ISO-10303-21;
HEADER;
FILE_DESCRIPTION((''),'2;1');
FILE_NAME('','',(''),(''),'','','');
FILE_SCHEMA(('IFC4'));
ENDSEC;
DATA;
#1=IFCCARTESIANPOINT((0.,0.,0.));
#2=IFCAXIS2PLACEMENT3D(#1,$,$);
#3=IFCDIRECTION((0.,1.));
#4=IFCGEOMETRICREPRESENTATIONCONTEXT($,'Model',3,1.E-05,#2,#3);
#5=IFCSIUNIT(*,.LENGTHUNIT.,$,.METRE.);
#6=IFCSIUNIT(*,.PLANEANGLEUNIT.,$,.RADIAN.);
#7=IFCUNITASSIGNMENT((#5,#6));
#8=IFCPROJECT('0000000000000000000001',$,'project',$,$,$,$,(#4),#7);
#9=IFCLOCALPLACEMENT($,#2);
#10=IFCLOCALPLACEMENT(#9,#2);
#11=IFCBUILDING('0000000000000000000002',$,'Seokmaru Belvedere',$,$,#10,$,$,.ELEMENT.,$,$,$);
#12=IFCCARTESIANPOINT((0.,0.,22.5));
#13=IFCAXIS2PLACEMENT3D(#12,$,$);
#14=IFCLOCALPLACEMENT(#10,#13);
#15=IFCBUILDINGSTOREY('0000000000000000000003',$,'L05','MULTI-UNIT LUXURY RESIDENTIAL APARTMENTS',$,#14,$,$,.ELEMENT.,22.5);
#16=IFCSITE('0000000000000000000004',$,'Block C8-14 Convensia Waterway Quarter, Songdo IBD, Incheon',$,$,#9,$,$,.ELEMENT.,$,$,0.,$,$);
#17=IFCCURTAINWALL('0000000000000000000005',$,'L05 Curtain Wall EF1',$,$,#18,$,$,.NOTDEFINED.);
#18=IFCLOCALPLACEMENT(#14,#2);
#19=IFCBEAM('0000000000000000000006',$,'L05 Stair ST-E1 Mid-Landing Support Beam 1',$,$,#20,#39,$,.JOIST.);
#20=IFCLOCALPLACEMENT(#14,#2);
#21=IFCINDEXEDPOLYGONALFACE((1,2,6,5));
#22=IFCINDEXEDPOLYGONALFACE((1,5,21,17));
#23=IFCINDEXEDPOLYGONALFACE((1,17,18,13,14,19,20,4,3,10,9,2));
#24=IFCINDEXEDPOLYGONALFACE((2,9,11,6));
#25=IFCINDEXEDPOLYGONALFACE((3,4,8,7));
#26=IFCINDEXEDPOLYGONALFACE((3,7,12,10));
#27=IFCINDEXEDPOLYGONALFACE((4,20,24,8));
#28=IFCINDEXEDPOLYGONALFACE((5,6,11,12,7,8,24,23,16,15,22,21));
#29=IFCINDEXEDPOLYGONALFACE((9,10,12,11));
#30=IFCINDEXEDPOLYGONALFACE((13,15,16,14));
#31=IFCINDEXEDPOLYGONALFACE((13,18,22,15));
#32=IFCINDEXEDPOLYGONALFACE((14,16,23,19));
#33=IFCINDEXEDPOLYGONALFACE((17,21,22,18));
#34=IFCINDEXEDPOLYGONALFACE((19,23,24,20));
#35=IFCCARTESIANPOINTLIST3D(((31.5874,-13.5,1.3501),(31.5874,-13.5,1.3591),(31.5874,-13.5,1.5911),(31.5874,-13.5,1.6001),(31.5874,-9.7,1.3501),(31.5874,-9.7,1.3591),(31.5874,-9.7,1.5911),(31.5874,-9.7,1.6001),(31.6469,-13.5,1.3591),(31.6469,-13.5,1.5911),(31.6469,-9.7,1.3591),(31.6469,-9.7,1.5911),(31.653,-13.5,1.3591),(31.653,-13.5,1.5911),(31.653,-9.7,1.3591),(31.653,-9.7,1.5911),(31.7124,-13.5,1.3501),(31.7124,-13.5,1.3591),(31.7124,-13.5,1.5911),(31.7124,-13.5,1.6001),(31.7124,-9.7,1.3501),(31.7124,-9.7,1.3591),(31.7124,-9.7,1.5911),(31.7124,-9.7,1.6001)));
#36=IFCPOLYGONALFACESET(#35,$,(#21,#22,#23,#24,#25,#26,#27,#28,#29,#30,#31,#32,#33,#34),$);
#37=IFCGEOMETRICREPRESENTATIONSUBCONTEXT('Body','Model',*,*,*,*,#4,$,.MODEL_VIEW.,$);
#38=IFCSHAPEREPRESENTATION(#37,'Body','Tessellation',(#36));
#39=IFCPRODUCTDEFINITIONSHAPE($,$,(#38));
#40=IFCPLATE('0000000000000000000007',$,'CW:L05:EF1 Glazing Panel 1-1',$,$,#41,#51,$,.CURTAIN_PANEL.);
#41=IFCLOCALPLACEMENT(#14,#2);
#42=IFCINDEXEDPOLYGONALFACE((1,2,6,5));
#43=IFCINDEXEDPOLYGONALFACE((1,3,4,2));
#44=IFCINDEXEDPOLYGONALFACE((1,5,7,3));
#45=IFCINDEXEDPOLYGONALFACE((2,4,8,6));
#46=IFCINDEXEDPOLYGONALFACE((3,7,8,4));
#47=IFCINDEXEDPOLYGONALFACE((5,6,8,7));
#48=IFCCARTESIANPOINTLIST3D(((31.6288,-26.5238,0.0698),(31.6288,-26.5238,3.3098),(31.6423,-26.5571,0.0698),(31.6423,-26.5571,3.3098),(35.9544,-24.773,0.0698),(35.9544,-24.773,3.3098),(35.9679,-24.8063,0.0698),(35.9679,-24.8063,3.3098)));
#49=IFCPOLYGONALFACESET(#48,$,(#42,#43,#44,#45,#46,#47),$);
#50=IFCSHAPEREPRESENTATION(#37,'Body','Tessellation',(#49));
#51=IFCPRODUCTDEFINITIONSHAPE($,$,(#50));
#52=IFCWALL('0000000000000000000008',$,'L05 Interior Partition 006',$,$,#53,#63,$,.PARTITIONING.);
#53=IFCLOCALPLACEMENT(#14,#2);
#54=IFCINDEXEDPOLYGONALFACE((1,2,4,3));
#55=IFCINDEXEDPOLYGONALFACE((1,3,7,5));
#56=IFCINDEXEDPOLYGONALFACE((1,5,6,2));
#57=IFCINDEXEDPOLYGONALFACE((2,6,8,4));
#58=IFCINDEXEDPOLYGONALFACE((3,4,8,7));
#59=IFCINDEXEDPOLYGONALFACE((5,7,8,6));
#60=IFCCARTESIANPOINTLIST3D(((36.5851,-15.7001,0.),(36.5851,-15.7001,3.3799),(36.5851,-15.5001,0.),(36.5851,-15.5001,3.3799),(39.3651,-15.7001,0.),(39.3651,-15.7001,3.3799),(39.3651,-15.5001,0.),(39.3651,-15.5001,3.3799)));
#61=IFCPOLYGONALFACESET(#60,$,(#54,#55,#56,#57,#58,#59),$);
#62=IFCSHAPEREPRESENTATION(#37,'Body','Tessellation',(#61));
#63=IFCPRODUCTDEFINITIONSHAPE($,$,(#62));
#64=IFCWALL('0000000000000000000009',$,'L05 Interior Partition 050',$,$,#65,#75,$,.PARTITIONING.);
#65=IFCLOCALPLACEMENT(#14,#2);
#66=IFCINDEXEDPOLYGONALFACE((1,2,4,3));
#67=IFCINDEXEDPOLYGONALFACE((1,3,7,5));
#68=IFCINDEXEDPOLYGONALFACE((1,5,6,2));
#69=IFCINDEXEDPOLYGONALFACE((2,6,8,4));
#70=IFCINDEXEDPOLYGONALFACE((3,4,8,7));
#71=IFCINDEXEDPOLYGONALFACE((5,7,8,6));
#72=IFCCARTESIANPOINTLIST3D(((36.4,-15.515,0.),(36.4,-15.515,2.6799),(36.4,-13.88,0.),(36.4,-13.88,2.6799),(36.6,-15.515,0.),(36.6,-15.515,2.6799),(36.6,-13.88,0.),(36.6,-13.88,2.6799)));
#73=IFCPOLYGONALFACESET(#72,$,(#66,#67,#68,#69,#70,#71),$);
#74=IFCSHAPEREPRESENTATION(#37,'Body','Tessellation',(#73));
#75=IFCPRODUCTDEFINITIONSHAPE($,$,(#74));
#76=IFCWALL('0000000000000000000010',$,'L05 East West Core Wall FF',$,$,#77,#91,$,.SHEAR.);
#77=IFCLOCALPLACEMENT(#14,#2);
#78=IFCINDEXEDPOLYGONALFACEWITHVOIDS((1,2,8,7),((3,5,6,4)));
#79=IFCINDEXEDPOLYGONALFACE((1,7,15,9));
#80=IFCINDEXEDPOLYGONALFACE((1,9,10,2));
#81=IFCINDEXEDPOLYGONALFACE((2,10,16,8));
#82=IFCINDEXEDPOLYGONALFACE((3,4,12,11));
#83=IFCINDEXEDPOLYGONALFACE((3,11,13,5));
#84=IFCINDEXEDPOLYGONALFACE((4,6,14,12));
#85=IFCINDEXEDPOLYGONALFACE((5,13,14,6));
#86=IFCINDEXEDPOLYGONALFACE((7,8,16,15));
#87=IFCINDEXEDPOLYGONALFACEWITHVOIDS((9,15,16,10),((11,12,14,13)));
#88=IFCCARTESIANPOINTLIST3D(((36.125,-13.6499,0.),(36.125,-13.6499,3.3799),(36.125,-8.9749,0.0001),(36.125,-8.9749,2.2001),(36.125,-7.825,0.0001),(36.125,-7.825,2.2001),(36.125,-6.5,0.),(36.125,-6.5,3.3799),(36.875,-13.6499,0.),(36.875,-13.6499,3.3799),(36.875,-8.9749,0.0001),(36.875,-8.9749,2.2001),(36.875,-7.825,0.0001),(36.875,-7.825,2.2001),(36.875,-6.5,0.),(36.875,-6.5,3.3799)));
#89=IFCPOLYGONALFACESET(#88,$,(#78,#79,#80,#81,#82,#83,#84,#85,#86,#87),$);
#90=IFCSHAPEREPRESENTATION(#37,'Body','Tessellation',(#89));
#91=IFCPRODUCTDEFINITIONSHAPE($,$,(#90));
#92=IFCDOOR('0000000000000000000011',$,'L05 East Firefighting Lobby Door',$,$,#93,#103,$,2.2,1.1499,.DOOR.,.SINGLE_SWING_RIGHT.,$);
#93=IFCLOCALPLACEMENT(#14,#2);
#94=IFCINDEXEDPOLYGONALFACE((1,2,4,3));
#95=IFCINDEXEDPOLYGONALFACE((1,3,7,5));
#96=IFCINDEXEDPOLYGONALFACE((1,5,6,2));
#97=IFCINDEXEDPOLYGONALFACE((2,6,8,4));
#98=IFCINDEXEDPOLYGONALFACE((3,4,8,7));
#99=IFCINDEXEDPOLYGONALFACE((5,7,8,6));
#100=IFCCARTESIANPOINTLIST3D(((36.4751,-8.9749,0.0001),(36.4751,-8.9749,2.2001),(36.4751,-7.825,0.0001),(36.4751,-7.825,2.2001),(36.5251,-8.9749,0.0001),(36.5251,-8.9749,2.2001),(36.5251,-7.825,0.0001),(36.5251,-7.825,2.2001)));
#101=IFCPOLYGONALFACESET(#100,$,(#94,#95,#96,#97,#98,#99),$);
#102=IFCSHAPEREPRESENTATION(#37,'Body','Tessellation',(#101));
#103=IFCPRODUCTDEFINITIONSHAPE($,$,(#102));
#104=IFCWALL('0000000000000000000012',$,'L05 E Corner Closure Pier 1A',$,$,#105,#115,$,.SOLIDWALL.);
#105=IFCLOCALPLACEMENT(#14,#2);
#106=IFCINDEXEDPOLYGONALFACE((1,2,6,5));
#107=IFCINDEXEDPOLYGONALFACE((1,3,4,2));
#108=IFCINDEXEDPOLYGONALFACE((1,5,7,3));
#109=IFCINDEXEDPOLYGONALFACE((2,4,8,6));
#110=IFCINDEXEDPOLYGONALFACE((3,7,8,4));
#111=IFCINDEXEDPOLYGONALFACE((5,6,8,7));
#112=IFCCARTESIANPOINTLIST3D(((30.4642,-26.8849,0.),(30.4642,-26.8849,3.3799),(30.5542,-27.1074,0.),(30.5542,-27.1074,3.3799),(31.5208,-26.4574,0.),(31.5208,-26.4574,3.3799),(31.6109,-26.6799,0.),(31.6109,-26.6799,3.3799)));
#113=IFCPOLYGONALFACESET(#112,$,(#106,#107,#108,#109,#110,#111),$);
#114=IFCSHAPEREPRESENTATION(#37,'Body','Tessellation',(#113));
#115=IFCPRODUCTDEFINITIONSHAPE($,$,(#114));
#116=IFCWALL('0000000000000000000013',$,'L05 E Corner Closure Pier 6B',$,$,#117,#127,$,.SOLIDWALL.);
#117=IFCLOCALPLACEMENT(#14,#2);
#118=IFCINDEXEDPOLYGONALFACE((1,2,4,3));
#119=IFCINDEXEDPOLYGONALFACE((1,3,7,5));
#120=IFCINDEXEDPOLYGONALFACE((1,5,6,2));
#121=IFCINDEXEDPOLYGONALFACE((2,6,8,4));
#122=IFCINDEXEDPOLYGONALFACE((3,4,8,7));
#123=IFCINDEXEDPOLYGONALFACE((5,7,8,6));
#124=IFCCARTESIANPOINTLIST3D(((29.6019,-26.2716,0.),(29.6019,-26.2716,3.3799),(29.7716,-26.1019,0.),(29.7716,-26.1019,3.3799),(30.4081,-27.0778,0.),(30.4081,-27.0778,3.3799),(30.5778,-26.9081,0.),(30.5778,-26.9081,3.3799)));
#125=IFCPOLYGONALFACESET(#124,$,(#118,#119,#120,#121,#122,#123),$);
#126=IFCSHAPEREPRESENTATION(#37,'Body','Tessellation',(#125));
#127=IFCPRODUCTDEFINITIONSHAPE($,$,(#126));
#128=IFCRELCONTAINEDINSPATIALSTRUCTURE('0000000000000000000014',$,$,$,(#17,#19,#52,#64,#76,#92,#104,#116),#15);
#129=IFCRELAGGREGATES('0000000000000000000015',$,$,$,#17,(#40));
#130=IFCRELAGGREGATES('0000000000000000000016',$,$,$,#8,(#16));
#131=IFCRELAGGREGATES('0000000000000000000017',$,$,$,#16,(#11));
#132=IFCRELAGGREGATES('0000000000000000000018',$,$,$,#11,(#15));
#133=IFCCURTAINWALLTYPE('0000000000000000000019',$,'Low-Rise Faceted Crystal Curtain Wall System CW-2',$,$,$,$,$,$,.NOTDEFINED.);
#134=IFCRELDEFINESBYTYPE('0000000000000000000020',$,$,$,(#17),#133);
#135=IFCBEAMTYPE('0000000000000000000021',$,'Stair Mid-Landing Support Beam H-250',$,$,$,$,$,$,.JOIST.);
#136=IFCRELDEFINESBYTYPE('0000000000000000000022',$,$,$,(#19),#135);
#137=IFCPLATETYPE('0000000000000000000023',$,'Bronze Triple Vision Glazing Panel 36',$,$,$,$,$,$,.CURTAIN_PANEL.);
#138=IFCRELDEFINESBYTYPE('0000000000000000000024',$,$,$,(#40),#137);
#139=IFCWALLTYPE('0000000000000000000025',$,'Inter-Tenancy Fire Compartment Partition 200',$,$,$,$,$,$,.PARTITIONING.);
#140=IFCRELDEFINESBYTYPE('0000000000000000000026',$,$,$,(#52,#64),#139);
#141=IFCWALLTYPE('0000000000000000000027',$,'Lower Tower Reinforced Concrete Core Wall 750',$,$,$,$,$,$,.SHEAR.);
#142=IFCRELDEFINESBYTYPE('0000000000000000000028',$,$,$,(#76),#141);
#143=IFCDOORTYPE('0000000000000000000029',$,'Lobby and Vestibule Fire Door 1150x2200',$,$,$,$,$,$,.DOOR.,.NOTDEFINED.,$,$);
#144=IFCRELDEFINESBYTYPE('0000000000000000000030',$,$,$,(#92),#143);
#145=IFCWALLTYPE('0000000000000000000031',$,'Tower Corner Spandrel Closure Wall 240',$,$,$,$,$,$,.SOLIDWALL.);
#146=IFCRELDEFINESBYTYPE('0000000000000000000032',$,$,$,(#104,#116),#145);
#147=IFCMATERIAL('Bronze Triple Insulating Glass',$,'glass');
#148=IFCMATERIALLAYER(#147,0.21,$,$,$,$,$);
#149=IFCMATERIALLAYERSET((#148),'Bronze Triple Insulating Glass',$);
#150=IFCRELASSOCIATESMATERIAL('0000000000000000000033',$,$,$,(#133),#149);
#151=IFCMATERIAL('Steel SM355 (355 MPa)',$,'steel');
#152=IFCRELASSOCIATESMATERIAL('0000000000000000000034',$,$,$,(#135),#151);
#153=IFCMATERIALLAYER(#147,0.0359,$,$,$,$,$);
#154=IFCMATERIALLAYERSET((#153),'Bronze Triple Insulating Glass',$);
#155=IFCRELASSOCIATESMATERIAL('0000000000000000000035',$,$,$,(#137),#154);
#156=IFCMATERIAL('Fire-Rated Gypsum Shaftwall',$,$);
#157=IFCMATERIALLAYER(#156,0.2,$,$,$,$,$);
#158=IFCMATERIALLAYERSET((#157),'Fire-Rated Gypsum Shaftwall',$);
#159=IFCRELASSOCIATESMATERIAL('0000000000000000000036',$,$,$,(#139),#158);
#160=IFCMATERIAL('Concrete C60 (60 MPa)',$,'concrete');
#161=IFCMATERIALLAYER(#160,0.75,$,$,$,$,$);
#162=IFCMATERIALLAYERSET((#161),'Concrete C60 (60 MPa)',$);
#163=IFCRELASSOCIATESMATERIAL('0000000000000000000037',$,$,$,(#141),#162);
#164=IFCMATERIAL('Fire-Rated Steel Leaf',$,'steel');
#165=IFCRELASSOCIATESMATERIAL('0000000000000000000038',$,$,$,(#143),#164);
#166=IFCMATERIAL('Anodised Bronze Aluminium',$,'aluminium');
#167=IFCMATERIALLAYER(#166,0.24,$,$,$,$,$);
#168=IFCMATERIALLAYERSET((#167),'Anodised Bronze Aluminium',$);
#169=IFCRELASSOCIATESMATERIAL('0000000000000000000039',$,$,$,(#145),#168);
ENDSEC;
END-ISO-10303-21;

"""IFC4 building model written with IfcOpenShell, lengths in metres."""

from ifc_helpers import new_model, si_unit, direction, frame, frame_2d, origin, origin_2d, place, context, subcontext, project, spatial, rectangle, i_section, extrude, source, transform, mapped, material, layer, layer_set, material_profile, profile_set, type_object, type_shapes, element, fill, aggregate, save


model = new_model("IFC4")

# Units and contexts
model_context = context("Model", 3, precision=1e-05, world=origin(), true_north=direction((0.0, 1.0)))
body_context = subcontext(model_context, "Body", "Model", "MODEL_VIEW")
ifc_project = project(units=[si_unit("LENGTHUNIT", "METRE"), si_unit("PLANEANGLEUNIT", "RADIAN")], contexts=[model_context])

# Site, building, storey
site_placement = place(None, origin())
site = spatial("IfcSite", under=ifc_project, at=site_placement, Name="Block C8-14 Convensia Waterway Quarter, Songdo IBD, Incheon", CompositionType="ELEMENT", RefElevation=0.0)
building_placement = place(site_placement, origin())
building = spatial("IfcBuilding", under=site, at=building_placement, Name="Seokmaru Belvedere", CompositionType="ELEMENT")
storey_placement = place(building_placement, frame((0.0, 0.0, 22.5)))
storey = spatial("IfcBuildingStorey", under=building, at=storey_placement, Name="L05", Description="MULTI-UNIT LUXURY RESIDENTIAL APARTMENTS", CompositionType="ELEMENT", Elevation=22.5)

# Shared definitions
ifc_material_1 = material(Name="Steel SM355 (355 MPa)", Category="steel")

# Curtain wall
ifc_material_2 = material(Name="Bronze Triple Insulating Glass", Category="glass")
ifc_layer_1 = layer(ifc_material_2, 0.21)
ifc_layer_set_1 = layer_set([ifc_layer_1], Name="Bronze Triple Insulating Glass")
curtain_wall_type = type_object("IfcCurtainWallType", Name="Low-Rise Faceted Crystal Curtain Wall System CW-2", PredefinedType="NOTDEFINED", material=ifc_layer_set_1)
curtain_wall_placement = place(storey_placement, origin())
curtain_wall = element("IfcCurtainWall", 1, at=curtain_wall_placement, inside=storey, type_object=curtain_wall_type, Name="L05 Curtain Wall EF1", PredefinedType="NOTDEFINED")
ifc_material_3 = material(Name="Anodised Bronze Aluminium", Category="aluminium")

# Beam
ifc_material_profile_1 = material_profile(ifc_material_1, i_section(OverallWidth=0.125, OverallDepth=0.25, WebThickness=0.0061, FlangeThickness=0.009, at=origin_2d()), Name="H-250x125x6x9")
ifc_profile_set_1 = profile_set([ifc_material_profile_1], Name="Steel SM355 (355 MPa)")
beam_type_1 = type_object("IfcBeamType", Name="Stair Mid-Landing Support Beam H-250", PredefinedType="JOIST", material=ifc_profile_set_1)
shared_shape_1 = source(origin(), body_context, "Body", "SweptSolid", [
    extrude(i_section(OverallWidth=0.125, OverallDepth=0.25, WebThickness=0.0061, FlangeThickness=0.009, at=origin_2d()), origin(), (0.0, 0.0, 1.0), 3.8),
])
type_shapes(beam_type_1, [shared_shape_1])
beam_1_placement = place(storey_placement, frame((31.6499, -13.5, 1.4751), z_axis=(0.0, 1.0, 0.0), x_axis=(-1.0, 0.0, 0.0)))
element("IfcBeam", 2, at=beam_1_placement, inside=storey, type_object=beam_type_1, Name="L05 Stair ST-E1 Mid-Landing Support Beam 1", PredefinedType="JOIST", context=body_context, shape_type="MappedRepresentation", body=[
    mapped(shared_shape_1, transform((0.0, 0.0, 0.0), scale=1.0)),
])

# Plate
ifc_layer_2 = layer(ifc_material_2, 0.0359)
ifc_layer_set_2 = layer_set([ifc_layer_2], Name="Bronze Triple Insulating Glass")
plate_type = type_object("IfcPlateType", Name="Bronze Triple Vision Glazing Panel 36", PredefinedType="CURTAIN_PANEL", material=ifc_layer_set_2)
shared_shape_2 = source(origin(), body_context, "Body", "SweptSolid", [
    extrude(rectangle(XDim=4.6665, YDim=0.0359, at=origin_2d()), origin(), (0.0, 0.0, 1.0), 3.24),
])
type_shapes(plate_type, [shared_shape_2])
plate_placement = place(storey_placement, frame((33.7983, -25.665, 0.0698), z_axis=(0.0, 0.0, 1.0), x_axis=(0.926947, 0.375192, 0.0)))
plate = element("IfcPlate", 3, at=plate_placement, type_object=plate_type, Name="CW:L05:EF1 Glazing Panel 1-1", PredefinedType="CURTAIN_PANEL", context=body_context, shape_type="MappedRepresentation", body=[
    mapped(shared_shape_2, transform((0.0, 0.0, 0.0), scale=1.0)),
])
aggregate(curtain_wall, [plate])

# Walls
ifc_material_4 = material(Name="Fire-Rated Gypsum Shaftwall")
ifc_layer_3 = layer(ifc_material_4, 0.2)
ifc_layer_set_3 = layer_set([ifc_layer_3], Name="Fire-Rated Gypsum Shaftwall")
wall_type_1 = type_object("IfcWallType", Name="Inter-Tenancy Fire Compartment Partition 200", PredefinedType="PARTITIONING", material=ifc_layer_set_3)
wall_1_placement = place(storey_placement, frame((36.585, -15.6001, 0.0), z_axis=(0.0, 0.0, 1.0), x_axis=(1.0, 0.0, 0.0)))
element("IfcWall", 4, at=wall_1_placement, inside=storey, type_object=wall_type_1, Name="L05 Interior Partition 006", PredefinedType="PARTITIONING", context=body_context, shape_type="SweptSolid", body=[
    extrude(rectangle(XDim=2.78, YDim=0.2, at=frame_2d((1.3901, 0.0))), origin(), (0.0, 0.0, 1.0), 3.3799),
])
wall_2_placement = place(storey_placement, frame((36.5, -15.5149, 0.0), z_axis=(0.0, 0.0, 1.0), x_axis=(0.0, 1.0, 0.0)))
element("IfcWall", 5, at=wall_2_placement, inside=storey, type_object=wall_type_1, Name="L05 Interior Partition 050", PredefinedType="PARTITIONING", context=body_context, shape_type="SweptSolid", body=[
    extrude(rectangle(XDim=1.635, YDim=0.2, at=frame_2d((0.8174, 0.0))), origin(), (0.0, 0.0, 1.0), 2.6799),
])

# Wall, opening, door
ifc_material_5 = material(Name="Concrete C60 (60 MPa)", Category="concrete")
ifc_layer_4 = layer(ifc_material_5, 0.75)
ifc_layer_set_4 = layer_set([ifc_layer_4], Name="Concrete C60 (60 MPa)")
wall_type_2 = type_object("IfcWallType", Name="Lower Tower Reinforced Concrete Core Wall 750", PredefinedType="SHEAR", material=ifc_layer_set_4)
wall_3_placement = place(storey_placement, frame((36.5, -13.6499, 0.0), z_axis=(0.0, 0.0, 1.0), x_axis=(0.0, 1.0, 0.0)))
wall_3 = element("IfcWall", 6, at=wall_3_placement, inside=storey, type_object=wall_type_2, Name="L05 East West Core Wall FF", PredefinedType="SHEAR", context=body_context, shape_type="SweptSolid", body=[
    extrude(rectangle(XDim=7.1499, YDim=0.75, at=frame_2d((3.575, 0.0))), origin(), (0.0, 0.0, 1.0), 3.3799),
])
opening_placement = place(wall_3_placement, frame((4.675, 0.0, 0.0)))
opening = element("IfcOpeningElement", 7, at=opening_placement, cuts=wall_3, PredefinedType="OPENING", context=body_context, shape_type="SweptSolid", body=[
    extrude(rectangle(XDim=1.1499, YDim=2.2, at=frame_2d((0.575, 1.1001))), frame((0.0, 0.385, 0.0), z_axis=(0.0, -1.0, 0.0), x_axis=(1.0, 0.0, 0.0)), (0.0, 0.0, 1.0), 0.77),
])
ifc_material_6 = material(Name="Fire-Rated Steel Leaf", Category="steel")
door_type = type_object("IfcDoorType", Name="Lobby and Vestibule Fire Door 1150x2200", OperationType="NOTDEFINED", PredefinedType="DOOR", material=ifc_material_6)
shared_shape_3 = source(origin(), body_context, "Body", "SweptSolid", [
    extrude(rectangle(XDim=1.1499, YDim=2.2, at=frame_2d((0.575, 1.1001))), frame((0.0, 0.0249, 0.0), z_axis=(0.0, -1.0, 0.0), x_axis=(1.0, 0.0, 0.0)), (0.0, 0.0, 1.0), 0.05),
])
type_shapes(door_type, [shared_shape_3])
door_placement = place(opening_placement, origin())
door = element("IfcDoor", 8, at=door_placement, inside=storey, type_object=door_type, Name="L05 East Firefighting Lobby Door", OperationType="SINGLE_SWING_RIGHT", OverallHeight=2.2, OverallWidth=1.1499, PredefinedType="DOOR", context=body_context, shape_type="MappedRepresentation", body=[
    mapped(shared_shape_3, transform((0.0, 0.0, 0.0), scale=1.0)),
])
fill(opening, door)

# Walls
ifc_layer_5 = layer(ifc_material_3, 0.24)
ifc_layer_set_5 = layer_set([ifc_layer_5], Name="Anodised Bronze Aluminium")
wall_type_3 = type_object("IfcWallType", Name="Tower Corner Spandrel Closure Wall 240", PredefinedType="SOLIDWALL", material=ifc_layer_set_5)
wall_4_placement = place(storey_placement, frame((30.5093, -26.9961, 0.0), z_axis=(0.0, 0.0, 1.0), x_axis=(0.927007, 0.375044, 0.0)))
element("IfcWall", 9, at=wall_4_placement, inside=storey, type_object=wall_type_3, Name="L05 E Corner Closure Pier 1A", PredefinedType="SOLIDWALL", context=body_context, shape_type="SweptSolid", body=[
    extrude(rectangle(XDim=1.1399, YDim=0.24, at=frame_2d((0.5698, 0.0))), origin(), (0.0, 0.0, 1.0), 3.3799),
])
wall_5_placement = place(storey_placement, frame((29.6868, -26.1868, 0.0), z_axis=(0.0, 0.0, 1.0), x_axis=(0.707107, -0.707107, 0.0)))
element("IfcWall", 10, at=wall_5_placement, inside=storey, type_object=wall_type_3, Name="L05 E Corner Closure Pier 6B", PredefinedType="SOLIDWALL", context=body_context, shape_type="SweptSolid", body=[
    extrude(rectangle(XDim=1.1401, YDim=0.24, at=frame_2d((0.5701, 0.0))), origin(), (0.0, 0.0, 1.0), 3.3799),
])

save(model, "model.ifc")
